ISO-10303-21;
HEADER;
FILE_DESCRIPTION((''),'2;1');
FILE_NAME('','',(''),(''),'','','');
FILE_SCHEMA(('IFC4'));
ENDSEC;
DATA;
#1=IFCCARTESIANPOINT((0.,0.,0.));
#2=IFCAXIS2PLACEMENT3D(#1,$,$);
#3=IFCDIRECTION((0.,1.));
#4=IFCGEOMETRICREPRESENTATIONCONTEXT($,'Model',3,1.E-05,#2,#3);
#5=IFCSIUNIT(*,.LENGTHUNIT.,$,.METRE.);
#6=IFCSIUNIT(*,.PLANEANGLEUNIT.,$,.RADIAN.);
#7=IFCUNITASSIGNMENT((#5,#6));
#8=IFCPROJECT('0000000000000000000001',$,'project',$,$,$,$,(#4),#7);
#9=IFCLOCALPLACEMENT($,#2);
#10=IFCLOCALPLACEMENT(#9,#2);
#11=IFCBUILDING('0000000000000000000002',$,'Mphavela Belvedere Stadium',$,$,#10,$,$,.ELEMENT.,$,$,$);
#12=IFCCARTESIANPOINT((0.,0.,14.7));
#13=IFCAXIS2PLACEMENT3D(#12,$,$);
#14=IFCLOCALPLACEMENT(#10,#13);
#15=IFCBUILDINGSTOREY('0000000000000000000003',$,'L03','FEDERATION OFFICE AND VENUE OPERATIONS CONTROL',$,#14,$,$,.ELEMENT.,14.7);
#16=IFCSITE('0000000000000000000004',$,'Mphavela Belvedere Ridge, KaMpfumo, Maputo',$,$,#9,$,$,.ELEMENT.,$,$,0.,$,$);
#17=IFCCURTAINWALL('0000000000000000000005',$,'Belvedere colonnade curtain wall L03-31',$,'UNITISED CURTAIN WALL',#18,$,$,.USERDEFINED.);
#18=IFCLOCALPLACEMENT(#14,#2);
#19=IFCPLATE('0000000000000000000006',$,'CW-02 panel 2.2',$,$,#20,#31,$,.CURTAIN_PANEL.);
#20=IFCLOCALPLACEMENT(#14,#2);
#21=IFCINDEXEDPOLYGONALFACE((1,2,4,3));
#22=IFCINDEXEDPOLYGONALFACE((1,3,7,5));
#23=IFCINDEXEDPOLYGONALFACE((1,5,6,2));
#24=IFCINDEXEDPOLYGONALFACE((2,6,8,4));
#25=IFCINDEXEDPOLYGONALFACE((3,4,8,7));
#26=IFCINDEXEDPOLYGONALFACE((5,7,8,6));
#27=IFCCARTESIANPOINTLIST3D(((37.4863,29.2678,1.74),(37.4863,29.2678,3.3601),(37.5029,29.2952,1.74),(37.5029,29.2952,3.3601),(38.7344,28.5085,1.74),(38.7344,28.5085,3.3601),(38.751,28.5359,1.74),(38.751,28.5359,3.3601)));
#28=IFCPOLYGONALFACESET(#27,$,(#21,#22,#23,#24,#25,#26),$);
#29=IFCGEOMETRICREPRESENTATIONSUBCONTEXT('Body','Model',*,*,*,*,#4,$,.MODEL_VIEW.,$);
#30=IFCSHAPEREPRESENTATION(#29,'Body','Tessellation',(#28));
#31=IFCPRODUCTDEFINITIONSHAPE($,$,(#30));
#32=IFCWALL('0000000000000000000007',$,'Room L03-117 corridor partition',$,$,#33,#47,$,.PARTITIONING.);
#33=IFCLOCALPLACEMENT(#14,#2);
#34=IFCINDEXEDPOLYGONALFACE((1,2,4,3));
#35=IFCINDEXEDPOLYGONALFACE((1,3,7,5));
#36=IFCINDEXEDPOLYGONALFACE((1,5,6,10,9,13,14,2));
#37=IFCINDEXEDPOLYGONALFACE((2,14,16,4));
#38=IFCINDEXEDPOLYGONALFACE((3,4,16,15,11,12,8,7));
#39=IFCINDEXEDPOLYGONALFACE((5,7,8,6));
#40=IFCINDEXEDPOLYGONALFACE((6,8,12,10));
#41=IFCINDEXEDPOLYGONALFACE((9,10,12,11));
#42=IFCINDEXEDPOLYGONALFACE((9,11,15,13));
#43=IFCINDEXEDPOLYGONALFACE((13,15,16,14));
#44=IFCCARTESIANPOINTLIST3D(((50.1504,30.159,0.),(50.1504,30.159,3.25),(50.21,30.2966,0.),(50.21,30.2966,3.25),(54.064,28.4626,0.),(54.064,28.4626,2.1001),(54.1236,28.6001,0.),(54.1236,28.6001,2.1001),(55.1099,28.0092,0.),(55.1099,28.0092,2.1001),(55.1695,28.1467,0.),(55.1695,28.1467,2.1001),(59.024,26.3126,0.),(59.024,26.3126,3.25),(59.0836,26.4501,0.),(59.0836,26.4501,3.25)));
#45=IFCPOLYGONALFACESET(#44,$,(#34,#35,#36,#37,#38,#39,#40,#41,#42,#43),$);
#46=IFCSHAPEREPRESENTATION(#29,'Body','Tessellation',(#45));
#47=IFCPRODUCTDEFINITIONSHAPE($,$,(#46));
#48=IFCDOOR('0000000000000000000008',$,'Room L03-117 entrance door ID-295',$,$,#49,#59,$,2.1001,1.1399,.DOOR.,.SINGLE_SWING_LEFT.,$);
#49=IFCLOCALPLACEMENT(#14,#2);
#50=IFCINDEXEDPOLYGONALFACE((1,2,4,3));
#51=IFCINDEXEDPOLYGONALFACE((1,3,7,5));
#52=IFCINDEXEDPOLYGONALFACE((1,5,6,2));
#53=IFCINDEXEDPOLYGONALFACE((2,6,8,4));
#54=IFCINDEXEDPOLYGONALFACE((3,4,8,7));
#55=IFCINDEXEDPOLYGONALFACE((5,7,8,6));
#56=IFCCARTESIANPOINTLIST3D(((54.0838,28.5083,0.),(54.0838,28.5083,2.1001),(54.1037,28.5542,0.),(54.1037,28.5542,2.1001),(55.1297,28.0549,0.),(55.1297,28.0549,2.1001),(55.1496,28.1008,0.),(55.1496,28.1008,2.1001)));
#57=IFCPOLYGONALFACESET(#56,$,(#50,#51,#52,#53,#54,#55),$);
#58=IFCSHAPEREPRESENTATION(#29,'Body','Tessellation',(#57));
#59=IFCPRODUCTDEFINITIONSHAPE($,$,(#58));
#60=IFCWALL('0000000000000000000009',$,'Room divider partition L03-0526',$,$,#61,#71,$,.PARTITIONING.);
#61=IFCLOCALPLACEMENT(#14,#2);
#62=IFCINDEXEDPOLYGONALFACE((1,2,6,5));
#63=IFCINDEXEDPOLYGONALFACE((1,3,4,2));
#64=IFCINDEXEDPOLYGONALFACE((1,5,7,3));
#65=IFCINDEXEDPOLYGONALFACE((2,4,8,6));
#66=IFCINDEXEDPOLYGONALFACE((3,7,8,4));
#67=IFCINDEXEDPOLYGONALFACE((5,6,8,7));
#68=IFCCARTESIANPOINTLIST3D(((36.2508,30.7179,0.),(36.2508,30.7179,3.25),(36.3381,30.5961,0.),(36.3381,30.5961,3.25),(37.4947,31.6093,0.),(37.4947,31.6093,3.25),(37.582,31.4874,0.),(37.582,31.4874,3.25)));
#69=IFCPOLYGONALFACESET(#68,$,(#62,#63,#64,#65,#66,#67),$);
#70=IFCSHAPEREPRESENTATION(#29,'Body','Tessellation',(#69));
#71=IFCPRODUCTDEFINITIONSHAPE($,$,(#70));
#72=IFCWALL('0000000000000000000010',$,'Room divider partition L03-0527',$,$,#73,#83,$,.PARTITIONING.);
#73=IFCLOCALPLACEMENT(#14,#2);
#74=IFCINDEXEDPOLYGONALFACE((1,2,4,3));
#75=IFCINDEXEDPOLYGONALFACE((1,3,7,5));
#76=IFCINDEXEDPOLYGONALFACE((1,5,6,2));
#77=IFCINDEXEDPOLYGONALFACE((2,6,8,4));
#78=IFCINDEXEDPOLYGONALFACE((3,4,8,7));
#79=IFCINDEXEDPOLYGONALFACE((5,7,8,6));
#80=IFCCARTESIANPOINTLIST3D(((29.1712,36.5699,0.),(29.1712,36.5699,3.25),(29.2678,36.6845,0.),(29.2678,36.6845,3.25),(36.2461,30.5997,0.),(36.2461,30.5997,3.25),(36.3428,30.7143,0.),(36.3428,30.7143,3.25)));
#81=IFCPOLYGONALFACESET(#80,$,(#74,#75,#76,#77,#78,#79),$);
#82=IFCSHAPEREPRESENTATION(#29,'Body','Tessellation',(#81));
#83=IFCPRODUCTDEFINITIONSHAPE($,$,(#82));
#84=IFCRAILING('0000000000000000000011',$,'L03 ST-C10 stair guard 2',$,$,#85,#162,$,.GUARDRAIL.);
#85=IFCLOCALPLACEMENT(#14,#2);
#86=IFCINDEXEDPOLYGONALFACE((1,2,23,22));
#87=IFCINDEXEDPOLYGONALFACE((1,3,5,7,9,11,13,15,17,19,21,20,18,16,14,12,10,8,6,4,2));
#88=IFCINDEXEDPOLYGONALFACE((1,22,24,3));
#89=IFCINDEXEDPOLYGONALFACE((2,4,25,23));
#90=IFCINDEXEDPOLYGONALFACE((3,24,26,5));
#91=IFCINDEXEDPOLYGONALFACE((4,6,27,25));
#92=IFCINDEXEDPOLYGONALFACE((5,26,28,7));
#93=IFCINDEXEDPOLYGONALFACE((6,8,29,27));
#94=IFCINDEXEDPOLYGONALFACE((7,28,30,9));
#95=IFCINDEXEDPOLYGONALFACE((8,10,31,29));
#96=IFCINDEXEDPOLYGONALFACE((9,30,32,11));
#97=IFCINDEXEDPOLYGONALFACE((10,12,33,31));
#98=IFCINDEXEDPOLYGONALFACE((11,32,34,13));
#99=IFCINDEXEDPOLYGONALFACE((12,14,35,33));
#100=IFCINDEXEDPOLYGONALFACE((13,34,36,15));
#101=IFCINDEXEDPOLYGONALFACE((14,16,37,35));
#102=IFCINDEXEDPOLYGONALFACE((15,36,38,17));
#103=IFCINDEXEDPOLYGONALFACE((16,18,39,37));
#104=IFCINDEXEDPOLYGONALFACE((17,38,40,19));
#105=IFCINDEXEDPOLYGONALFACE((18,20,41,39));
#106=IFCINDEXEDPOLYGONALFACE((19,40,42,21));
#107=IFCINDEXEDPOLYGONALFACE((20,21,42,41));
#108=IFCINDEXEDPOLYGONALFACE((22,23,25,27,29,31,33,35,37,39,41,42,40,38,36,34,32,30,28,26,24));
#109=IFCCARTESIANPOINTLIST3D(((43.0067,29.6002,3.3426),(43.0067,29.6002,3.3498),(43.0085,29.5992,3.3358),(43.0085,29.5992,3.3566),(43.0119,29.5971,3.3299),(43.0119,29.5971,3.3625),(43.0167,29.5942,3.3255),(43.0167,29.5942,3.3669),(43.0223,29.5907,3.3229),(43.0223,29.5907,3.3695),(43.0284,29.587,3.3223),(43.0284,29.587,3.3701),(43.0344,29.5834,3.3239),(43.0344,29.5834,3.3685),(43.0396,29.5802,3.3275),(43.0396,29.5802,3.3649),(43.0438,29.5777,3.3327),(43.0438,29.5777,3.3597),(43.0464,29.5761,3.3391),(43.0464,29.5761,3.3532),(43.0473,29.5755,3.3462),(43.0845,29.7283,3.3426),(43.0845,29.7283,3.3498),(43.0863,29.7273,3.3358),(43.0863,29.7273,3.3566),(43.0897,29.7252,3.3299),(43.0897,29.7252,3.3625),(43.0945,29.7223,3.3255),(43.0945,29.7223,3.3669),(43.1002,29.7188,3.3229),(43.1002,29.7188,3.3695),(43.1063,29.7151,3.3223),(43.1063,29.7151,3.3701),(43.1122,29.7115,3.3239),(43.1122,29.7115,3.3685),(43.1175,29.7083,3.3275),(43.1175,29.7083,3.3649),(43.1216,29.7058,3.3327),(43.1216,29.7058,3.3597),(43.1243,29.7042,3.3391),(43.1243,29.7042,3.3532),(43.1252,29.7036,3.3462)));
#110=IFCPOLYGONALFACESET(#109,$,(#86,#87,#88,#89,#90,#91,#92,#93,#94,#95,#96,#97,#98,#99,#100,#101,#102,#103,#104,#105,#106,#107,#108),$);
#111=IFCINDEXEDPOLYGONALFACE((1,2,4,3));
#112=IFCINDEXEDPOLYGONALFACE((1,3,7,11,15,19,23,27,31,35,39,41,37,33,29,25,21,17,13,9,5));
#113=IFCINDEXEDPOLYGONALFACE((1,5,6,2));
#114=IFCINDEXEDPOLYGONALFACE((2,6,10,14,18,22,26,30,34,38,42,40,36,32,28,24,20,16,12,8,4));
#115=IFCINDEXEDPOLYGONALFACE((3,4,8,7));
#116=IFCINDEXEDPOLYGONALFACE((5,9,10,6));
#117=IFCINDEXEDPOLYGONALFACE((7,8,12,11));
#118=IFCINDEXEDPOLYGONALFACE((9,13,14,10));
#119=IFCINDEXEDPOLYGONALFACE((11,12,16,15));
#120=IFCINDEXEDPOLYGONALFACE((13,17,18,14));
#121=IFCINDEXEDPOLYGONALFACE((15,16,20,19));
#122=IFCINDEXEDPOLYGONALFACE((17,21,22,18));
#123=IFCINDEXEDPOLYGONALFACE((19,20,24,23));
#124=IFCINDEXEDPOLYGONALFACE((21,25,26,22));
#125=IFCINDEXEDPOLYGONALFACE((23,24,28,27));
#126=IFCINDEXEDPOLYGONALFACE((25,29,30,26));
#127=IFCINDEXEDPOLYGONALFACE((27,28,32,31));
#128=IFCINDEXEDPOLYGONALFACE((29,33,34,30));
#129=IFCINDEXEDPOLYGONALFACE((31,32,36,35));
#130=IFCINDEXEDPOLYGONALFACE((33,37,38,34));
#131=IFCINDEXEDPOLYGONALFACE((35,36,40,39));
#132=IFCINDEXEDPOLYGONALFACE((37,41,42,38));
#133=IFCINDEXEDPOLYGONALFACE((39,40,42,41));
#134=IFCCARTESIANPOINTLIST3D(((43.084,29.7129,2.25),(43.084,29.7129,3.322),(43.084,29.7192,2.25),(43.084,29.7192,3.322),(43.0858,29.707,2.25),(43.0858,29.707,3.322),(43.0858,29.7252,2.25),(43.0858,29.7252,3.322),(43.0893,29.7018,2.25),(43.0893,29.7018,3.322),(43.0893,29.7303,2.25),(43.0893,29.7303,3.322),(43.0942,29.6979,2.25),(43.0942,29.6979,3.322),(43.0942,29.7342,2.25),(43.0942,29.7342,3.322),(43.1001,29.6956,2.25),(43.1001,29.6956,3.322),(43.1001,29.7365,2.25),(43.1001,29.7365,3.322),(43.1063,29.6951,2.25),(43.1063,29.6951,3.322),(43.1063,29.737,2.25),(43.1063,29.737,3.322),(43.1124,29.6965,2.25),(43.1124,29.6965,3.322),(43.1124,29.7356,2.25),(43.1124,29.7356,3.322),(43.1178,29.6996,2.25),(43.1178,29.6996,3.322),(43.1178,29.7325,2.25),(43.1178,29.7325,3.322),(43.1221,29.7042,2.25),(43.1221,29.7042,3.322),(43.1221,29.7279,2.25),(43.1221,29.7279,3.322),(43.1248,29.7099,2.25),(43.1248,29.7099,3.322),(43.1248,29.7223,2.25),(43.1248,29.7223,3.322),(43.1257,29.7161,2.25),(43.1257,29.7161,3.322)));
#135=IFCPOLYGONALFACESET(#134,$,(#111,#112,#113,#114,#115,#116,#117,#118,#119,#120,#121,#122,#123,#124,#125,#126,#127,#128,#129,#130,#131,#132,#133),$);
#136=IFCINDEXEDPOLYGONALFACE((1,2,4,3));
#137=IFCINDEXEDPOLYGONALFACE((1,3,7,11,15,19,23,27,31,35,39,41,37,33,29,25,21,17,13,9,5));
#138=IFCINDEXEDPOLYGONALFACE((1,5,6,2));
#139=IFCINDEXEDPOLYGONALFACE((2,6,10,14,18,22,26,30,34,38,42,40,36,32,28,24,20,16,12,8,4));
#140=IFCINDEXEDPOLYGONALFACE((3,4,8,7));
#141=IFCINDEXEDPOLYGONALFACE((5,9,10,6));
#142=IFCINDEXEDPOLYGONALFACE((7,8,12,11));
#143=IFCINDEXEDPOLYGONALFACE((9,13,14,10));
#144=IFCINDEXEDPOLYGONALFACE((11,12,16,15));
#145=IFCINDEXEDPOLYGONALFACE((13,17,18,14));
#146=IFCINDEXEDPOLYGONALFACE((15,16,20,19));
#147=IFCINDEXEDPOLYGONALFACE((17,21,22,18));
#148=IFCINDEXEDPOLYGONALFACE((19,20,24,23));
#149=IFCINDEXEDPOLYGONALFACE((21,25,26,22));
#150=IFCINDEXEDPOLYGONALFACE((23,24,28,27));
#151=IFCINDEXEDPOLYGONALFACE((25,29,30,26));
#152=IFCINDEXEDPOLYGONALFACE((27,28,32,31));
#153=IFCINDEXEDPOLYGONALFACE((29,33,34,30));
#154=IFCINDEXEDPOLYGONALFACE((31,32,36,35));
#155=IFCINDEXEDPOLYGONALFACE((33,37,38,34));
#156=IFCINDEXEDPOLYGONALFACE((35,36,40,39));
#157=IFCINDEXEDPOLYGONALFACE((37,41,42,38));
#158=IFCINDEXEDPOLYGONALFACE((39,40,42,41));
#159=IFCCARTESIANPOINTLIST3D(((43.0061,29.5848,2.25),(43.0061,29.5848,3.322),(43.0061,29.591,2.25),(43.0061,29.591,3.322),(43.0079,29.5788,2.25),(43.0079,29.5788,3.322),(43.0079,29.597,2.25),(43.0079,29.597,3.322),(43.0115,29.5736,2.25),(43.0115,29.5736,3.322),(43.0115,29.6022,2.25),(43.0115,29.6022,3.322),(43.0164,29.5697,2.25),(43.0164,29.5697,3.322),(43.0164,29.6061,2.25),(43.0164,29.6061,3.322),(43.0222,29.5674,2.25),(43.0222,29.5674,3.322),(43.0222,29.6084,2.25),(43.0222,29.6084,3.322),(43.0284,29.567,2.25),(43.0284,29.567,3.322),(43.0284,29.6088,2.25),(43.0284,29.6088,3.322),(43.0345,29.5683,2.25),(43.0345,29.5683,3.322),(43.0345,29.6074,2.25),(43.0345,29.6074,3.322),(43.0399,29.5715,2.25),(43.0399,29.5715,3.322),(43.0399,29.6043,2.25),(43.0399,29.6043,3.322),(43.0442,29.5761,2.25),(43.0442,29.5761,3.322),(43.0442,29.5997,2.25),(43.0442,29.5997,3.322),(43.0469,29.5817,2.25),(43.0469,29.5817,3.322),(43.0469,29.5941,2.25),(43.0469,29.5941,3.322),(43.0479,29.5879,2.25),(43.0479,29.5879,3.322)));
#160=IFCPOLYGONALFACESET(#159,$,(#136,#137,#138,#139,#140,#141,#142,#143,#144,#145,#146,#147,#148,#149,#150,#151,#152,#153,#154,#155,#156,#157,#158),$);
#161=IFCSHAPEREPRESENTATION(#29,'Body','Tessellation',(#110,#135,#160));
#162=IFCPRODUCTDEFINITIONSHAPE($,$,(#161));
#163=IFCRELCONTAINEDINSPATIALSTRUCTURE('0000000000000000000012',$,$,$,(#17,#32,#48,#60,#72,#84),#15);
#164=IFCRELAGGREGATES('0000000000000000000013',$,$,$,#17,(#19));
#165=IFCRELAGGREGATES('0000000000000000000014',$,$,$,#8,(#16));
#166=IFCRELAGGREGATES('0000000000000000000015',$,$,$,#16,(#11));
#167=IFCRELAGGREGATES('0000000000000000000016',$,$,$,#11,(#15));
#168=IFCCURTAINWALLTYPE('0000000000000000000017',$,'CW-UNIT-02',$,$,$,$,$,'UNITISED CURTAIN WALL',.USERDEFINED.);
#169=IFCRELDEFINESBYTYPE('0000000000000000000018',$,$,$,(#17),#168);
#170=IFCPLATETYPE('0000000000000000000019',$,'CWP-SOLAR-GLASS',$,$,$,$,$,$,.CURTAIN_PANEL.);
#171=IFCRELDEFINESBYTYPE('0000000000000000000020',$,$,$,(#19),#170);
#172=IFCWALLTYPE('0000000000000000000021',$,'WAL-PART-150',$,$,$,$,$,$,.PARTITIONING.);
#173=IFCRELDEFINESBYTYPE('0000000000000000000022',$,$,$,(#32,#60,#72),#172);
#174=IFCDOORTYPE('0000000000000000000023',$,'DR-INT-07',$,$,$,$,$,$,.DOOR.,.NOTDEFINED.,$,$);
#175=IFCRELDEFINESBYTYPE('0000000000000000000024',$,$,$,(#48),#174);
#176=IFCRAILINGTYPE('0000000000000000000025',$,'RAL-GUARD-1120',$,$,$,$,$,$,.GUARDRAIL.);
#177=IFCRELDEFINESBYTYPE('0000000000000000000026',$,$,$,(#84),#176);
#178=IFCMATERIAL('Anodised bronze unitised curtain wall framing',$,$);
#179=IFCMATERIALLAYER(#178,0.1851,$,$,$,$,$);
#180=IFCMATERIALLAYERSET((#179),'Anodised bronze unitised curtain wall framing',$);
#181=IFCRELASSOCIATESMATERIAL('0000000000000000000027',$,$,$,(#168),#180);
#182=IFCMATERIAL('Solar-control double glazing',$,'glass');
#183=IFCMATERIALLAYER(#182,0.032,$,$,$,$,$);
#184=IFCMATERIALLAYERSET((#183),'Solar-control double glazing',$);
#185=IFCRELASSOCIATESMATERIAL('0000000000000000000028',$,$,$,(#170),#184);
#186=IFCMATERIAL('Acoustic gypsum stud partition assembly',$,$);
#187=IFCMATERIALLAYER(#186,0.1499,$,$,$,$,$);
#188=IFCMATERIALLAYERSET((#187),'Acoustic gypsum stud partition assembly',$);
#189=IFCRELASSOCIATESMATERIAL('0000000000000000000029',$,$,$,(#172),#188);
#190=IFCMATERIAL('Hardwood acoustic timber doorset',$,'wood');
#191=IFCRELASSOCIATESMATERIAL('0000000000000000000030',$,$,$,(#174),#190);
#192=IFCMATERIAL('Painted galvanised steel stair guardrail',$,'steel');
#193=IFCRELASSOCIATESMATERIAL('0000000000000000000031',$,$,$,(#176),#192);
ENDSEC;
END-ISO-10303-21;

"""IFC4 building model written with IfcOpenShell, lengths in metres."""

from ifc_helpers import new_model, si_unit, direction, frame, frame_2d, origin, origin_2d, place, context, subcontext, project, spatial, rectangle, circle, extrude, material, layer, layer_set, type_object, element, fill, aggregate, save


model = new_model("IFC4")

# Units and contexts
model_context = context("Model", 3, precision=1e-05, world=origin(), true_north=direction((0.0, 1.0)))
body_context = subcontext(model_context, "Body", "Model", "MODEL_VIEW")
ifc_project = project(units=[si_unit("LENGTHUNIT", "METRE"), si_unit("PLANEANGLEUNIT", "RADIAN")], contexts=[model_context])

# Site, building, storey
site_placement = place(None, origin())
site = spatial("IfcSite", under=ifc_project, at=site_placement, Name="Mphavela Belvedere Ridge, KaMpfumo, Maputo", CompositionType="ELEMENT", RefElevation=0.0)
building_placement = place(site_placement, origin())
building = spatial("IfcBuilding", under=site, at=building_placement, Name="Mphavela Belvedere Stadium", CompositionType="ELEMENT")
storey_placement = place(building_placement, frame((0.0, 0.0, 14.7)))
storey = spatial("IfcBuildingStorey", under=building, at=storey_placement, Name="L03", Description="FEDERATION OFFICE AND VENUE OPERATIONS CONTROL", CompositionType="ELEMENT", Elevation=14.7)

# Curtain wall
ifc_material_1 = material(Name="Anodised bronze unitised curtain wall framing")
ifc_layer_1 = layer(ifc_material_1, 0.1851)
ifc_layer_set_1 = layer_set([ifc_layer_1], Name="Anodised bronze unitised curtain wall framing")
curtain_wall_type_1 = type_object("IfcCurtainWallType", Name="CW-UNIT-02", ElementType="UNITISED CURTAIN WALL", PredefinedType="USERDEFINED", material=ifc_layer_set_1)
curtain_wall_1_placement = place(storey_placement, origin())
curtain_wall_1 = element("IfcCurtainWall", 1, at=curtain_wall_1_placement, inside=storey, type_object=curtain_wall_type_1, Name="Belvedere colonnade curtain wall L03-31", ObjectType="UNITISED CURTAIN WALL", PredefinedType="USERDEFINED")

# Plate
ifc_material_2 = material(Name="Solar-control double glazing", Category="glass")
ifc_layer_2 = layer(ifc_material_2, 0.032)
ifc_layer_set_2 = layer_set([ifc_layer_2], Name="Solar-control double glazing")
plate_type = type_object("IfcPlateType", Name="CWP-SOLAR-GLASS", PredefinedType="CURTAIN_PANEL", material=ifc_layer_set_2)
plate_1_placement = place(storey_placement, frame((38.1187, 28.9019, 1.74), z_axis=(0.0, 0.0, 1.0), x_axis=(0.854325, -0.519738, 0.0)))
plate_1 = element("IfcPlate", 2, at=plate_1_placement, type_object=plate_type, Name="CW-02 panel 2.2", PredefinedType="CURTAIN_PANEL", context=body_context, shape_type="SweptSolid", body=[
    extrude(rectangle(XDim=1.4609, YDim=0.032, at=origin_2d()), origin(), (0.0, 0.0, 1.0), 1.6201),
])
aggregate(curtain_wall_1, [plate_1])

# Wall, opening, door
ifc_material_3 = material(Name="Acoustic gypsum stud partition assembly")
ifc_layer_3 = layer(ifc_material_3, 0.1499)
ifc_layer_set_3 = layer_set([ifc_layer_3], Name="Acoustic gypsum stud partition assembly")
wall_type = type_object("IfcWallType", Name="WAL-PART-150", PredefinedType="PARTITIONING", material=ifc_layer_set_3)
wall_1_placement = place(storey_placement, frame((50.1802, 30.2278, 0.0), z_axis=(0.0, 0.0, 1.0), x_axis=(0.917509, -0.397715, 0.0)))
wall_1 = element("IfcWall", 3, at=wall_1_placement, inside=storey, type_object=wall_type, Name="Room L03-117 corridor partition", PredefinedType="PARTITIONING", context=body_context, shape_type="SweptSolid", body=[
    extrude(rectangle(XDim=9.6714, YDim=0.1499, at=frame_2d((4.8357, 0.0))), origin(), (0.0, 0.0, 1.0), 3.25),
])
opening_placement = place(wall_1_placement, frame((4.2656, 0.0, 0.0)))
opening = element("IfcOpeningElement", 4, at=opening_placement, cuts=wall_1, PredefinedType="OPENING", context=body_context, shape_type="SweptSolid", body=[
    extrude(rectangle(XDim=1.1399, YDim=2.1001, at=frame_2d((0.5698, 1.05))), frame((0.0, 0.085, 0.0), z_axis=(0.0, -1.0, 0.0), x_axis=(1.0, 0.0, 0.0)), (0.0, 0.0, 1.0), 0.1699),
])
ifc_material_4 = material(Name="Hardwood acoustic timber doorset", Category="wood")
door_type = type_object("IfcDoorType", Name="DR-INT-07", OperationType="NOTDEFINED", PredefinedType="DOOR", material=ifc_material_4)
door_placement = place(opening_placement, origin())
door = element("IfcDoor", 5, at=door_placement, inside=storey, type_object=door_type, Name="Room L03-117 entrance door ID-295", OperationType="SINGLE_SWING_LEFT", OverallHeight=2.1001, OverallWidth=1.1399, PredefinedType="DOOR", context=body_context, shape_type="SweptSolid", body=[
    extrude(rectangle(XDim=1.1399, YDim=2.1001, at=frame_2d((0.5698, 1.05))), frame((0.0, 0.0249, 0.0), z_axis=(0.0, -1.0, 0.0), x_axis=(1.0, 0.0, 0.0)), (0.0, 0.0, 1.0), 0.05),
])
fill(opening, door)

# Walls
wall_2_placement = place(storey_placement, frame((37.5383, 31.5483, 0.0), z_axis=(0.0, 0.0, 1.0), x_axis=(-0.812849, -0.582475, 0.0)))
element("IfcWall", 6, at=wall_2_placement, inside=storey, type_object=wall_type, Name="Room divider partition L03-0526", PredefinedType="PARTITIONING", context=body_context, shape_type="SweptSolid", body=[
    extrude(rectangle(XDim=1.5303, YDim=0.1499, at=frame_2d((0.7651, 0.0))), origin(), (0.0, 0.0, 1.0), 3.25),
])
wall_3_placement = place(storey_placement, frame((36.2944, 30.657, 0.0), z_axis=(0.0, 0.0, 1.0), x_axis=(-0.764253, 0.644917, 0.0)))
element("IfcWall", 7, at=wall_3_placement, inside=storey, type_object=wall_type, Name="Room divider partition L03-0527", PredefinedType="PARTITIONING", context=body_context, shape_type="SweptSolid", body=[
    extrude(rectangle(XDim=9.2573, YDim=0.1499, at=frame_2d((4.6287, 0.0))), origin(), (0.0, 0.0, 1.0), 3.25),
])

# Railing
ifc_material_5 = material(Name="Painted galvanised steel stair guardrail", Category="steel")
railing_type_1 = type_object("IfcRailingType", Name="RAL-GUARD-1120", PredefinedType="GUARDRAIL", material=ifc_material_5)
railing_1_placement = place(storey_placement, frame((43.1047, 29.7161, 2.25)))
element("IfcRailing", 8, at=railing_1_placement, inside=storey, type_object=railing_type_1, Name="L03 ST-C10 stair guard 2", PredefinedType="GUARDRAIL", context=body_context, shape_type="SweptSolid", body=[
    extrude(circle(Radius=0.0239, at=origin_2d()), frame((0.0, 0.0, 1.0962), z_axis=(-0.519275, -0.854607, 0.0), x_axis=(0.854607, -0.519275, 0.0)), (0.0, 0.0, 1.0), 0.1499),
    extrude(circle(Radius=0.021, at=origin_2d()), origin(), (0.0, 0.0, 1.0), 1.072),
    extrude(circle(Radius=0.021, at=origin_2d()), frame((-0.0779, -0.1282, 0.0)), (0.0, 0.0, 1.0), 1.072),
])

save(model, "model.ifc")
